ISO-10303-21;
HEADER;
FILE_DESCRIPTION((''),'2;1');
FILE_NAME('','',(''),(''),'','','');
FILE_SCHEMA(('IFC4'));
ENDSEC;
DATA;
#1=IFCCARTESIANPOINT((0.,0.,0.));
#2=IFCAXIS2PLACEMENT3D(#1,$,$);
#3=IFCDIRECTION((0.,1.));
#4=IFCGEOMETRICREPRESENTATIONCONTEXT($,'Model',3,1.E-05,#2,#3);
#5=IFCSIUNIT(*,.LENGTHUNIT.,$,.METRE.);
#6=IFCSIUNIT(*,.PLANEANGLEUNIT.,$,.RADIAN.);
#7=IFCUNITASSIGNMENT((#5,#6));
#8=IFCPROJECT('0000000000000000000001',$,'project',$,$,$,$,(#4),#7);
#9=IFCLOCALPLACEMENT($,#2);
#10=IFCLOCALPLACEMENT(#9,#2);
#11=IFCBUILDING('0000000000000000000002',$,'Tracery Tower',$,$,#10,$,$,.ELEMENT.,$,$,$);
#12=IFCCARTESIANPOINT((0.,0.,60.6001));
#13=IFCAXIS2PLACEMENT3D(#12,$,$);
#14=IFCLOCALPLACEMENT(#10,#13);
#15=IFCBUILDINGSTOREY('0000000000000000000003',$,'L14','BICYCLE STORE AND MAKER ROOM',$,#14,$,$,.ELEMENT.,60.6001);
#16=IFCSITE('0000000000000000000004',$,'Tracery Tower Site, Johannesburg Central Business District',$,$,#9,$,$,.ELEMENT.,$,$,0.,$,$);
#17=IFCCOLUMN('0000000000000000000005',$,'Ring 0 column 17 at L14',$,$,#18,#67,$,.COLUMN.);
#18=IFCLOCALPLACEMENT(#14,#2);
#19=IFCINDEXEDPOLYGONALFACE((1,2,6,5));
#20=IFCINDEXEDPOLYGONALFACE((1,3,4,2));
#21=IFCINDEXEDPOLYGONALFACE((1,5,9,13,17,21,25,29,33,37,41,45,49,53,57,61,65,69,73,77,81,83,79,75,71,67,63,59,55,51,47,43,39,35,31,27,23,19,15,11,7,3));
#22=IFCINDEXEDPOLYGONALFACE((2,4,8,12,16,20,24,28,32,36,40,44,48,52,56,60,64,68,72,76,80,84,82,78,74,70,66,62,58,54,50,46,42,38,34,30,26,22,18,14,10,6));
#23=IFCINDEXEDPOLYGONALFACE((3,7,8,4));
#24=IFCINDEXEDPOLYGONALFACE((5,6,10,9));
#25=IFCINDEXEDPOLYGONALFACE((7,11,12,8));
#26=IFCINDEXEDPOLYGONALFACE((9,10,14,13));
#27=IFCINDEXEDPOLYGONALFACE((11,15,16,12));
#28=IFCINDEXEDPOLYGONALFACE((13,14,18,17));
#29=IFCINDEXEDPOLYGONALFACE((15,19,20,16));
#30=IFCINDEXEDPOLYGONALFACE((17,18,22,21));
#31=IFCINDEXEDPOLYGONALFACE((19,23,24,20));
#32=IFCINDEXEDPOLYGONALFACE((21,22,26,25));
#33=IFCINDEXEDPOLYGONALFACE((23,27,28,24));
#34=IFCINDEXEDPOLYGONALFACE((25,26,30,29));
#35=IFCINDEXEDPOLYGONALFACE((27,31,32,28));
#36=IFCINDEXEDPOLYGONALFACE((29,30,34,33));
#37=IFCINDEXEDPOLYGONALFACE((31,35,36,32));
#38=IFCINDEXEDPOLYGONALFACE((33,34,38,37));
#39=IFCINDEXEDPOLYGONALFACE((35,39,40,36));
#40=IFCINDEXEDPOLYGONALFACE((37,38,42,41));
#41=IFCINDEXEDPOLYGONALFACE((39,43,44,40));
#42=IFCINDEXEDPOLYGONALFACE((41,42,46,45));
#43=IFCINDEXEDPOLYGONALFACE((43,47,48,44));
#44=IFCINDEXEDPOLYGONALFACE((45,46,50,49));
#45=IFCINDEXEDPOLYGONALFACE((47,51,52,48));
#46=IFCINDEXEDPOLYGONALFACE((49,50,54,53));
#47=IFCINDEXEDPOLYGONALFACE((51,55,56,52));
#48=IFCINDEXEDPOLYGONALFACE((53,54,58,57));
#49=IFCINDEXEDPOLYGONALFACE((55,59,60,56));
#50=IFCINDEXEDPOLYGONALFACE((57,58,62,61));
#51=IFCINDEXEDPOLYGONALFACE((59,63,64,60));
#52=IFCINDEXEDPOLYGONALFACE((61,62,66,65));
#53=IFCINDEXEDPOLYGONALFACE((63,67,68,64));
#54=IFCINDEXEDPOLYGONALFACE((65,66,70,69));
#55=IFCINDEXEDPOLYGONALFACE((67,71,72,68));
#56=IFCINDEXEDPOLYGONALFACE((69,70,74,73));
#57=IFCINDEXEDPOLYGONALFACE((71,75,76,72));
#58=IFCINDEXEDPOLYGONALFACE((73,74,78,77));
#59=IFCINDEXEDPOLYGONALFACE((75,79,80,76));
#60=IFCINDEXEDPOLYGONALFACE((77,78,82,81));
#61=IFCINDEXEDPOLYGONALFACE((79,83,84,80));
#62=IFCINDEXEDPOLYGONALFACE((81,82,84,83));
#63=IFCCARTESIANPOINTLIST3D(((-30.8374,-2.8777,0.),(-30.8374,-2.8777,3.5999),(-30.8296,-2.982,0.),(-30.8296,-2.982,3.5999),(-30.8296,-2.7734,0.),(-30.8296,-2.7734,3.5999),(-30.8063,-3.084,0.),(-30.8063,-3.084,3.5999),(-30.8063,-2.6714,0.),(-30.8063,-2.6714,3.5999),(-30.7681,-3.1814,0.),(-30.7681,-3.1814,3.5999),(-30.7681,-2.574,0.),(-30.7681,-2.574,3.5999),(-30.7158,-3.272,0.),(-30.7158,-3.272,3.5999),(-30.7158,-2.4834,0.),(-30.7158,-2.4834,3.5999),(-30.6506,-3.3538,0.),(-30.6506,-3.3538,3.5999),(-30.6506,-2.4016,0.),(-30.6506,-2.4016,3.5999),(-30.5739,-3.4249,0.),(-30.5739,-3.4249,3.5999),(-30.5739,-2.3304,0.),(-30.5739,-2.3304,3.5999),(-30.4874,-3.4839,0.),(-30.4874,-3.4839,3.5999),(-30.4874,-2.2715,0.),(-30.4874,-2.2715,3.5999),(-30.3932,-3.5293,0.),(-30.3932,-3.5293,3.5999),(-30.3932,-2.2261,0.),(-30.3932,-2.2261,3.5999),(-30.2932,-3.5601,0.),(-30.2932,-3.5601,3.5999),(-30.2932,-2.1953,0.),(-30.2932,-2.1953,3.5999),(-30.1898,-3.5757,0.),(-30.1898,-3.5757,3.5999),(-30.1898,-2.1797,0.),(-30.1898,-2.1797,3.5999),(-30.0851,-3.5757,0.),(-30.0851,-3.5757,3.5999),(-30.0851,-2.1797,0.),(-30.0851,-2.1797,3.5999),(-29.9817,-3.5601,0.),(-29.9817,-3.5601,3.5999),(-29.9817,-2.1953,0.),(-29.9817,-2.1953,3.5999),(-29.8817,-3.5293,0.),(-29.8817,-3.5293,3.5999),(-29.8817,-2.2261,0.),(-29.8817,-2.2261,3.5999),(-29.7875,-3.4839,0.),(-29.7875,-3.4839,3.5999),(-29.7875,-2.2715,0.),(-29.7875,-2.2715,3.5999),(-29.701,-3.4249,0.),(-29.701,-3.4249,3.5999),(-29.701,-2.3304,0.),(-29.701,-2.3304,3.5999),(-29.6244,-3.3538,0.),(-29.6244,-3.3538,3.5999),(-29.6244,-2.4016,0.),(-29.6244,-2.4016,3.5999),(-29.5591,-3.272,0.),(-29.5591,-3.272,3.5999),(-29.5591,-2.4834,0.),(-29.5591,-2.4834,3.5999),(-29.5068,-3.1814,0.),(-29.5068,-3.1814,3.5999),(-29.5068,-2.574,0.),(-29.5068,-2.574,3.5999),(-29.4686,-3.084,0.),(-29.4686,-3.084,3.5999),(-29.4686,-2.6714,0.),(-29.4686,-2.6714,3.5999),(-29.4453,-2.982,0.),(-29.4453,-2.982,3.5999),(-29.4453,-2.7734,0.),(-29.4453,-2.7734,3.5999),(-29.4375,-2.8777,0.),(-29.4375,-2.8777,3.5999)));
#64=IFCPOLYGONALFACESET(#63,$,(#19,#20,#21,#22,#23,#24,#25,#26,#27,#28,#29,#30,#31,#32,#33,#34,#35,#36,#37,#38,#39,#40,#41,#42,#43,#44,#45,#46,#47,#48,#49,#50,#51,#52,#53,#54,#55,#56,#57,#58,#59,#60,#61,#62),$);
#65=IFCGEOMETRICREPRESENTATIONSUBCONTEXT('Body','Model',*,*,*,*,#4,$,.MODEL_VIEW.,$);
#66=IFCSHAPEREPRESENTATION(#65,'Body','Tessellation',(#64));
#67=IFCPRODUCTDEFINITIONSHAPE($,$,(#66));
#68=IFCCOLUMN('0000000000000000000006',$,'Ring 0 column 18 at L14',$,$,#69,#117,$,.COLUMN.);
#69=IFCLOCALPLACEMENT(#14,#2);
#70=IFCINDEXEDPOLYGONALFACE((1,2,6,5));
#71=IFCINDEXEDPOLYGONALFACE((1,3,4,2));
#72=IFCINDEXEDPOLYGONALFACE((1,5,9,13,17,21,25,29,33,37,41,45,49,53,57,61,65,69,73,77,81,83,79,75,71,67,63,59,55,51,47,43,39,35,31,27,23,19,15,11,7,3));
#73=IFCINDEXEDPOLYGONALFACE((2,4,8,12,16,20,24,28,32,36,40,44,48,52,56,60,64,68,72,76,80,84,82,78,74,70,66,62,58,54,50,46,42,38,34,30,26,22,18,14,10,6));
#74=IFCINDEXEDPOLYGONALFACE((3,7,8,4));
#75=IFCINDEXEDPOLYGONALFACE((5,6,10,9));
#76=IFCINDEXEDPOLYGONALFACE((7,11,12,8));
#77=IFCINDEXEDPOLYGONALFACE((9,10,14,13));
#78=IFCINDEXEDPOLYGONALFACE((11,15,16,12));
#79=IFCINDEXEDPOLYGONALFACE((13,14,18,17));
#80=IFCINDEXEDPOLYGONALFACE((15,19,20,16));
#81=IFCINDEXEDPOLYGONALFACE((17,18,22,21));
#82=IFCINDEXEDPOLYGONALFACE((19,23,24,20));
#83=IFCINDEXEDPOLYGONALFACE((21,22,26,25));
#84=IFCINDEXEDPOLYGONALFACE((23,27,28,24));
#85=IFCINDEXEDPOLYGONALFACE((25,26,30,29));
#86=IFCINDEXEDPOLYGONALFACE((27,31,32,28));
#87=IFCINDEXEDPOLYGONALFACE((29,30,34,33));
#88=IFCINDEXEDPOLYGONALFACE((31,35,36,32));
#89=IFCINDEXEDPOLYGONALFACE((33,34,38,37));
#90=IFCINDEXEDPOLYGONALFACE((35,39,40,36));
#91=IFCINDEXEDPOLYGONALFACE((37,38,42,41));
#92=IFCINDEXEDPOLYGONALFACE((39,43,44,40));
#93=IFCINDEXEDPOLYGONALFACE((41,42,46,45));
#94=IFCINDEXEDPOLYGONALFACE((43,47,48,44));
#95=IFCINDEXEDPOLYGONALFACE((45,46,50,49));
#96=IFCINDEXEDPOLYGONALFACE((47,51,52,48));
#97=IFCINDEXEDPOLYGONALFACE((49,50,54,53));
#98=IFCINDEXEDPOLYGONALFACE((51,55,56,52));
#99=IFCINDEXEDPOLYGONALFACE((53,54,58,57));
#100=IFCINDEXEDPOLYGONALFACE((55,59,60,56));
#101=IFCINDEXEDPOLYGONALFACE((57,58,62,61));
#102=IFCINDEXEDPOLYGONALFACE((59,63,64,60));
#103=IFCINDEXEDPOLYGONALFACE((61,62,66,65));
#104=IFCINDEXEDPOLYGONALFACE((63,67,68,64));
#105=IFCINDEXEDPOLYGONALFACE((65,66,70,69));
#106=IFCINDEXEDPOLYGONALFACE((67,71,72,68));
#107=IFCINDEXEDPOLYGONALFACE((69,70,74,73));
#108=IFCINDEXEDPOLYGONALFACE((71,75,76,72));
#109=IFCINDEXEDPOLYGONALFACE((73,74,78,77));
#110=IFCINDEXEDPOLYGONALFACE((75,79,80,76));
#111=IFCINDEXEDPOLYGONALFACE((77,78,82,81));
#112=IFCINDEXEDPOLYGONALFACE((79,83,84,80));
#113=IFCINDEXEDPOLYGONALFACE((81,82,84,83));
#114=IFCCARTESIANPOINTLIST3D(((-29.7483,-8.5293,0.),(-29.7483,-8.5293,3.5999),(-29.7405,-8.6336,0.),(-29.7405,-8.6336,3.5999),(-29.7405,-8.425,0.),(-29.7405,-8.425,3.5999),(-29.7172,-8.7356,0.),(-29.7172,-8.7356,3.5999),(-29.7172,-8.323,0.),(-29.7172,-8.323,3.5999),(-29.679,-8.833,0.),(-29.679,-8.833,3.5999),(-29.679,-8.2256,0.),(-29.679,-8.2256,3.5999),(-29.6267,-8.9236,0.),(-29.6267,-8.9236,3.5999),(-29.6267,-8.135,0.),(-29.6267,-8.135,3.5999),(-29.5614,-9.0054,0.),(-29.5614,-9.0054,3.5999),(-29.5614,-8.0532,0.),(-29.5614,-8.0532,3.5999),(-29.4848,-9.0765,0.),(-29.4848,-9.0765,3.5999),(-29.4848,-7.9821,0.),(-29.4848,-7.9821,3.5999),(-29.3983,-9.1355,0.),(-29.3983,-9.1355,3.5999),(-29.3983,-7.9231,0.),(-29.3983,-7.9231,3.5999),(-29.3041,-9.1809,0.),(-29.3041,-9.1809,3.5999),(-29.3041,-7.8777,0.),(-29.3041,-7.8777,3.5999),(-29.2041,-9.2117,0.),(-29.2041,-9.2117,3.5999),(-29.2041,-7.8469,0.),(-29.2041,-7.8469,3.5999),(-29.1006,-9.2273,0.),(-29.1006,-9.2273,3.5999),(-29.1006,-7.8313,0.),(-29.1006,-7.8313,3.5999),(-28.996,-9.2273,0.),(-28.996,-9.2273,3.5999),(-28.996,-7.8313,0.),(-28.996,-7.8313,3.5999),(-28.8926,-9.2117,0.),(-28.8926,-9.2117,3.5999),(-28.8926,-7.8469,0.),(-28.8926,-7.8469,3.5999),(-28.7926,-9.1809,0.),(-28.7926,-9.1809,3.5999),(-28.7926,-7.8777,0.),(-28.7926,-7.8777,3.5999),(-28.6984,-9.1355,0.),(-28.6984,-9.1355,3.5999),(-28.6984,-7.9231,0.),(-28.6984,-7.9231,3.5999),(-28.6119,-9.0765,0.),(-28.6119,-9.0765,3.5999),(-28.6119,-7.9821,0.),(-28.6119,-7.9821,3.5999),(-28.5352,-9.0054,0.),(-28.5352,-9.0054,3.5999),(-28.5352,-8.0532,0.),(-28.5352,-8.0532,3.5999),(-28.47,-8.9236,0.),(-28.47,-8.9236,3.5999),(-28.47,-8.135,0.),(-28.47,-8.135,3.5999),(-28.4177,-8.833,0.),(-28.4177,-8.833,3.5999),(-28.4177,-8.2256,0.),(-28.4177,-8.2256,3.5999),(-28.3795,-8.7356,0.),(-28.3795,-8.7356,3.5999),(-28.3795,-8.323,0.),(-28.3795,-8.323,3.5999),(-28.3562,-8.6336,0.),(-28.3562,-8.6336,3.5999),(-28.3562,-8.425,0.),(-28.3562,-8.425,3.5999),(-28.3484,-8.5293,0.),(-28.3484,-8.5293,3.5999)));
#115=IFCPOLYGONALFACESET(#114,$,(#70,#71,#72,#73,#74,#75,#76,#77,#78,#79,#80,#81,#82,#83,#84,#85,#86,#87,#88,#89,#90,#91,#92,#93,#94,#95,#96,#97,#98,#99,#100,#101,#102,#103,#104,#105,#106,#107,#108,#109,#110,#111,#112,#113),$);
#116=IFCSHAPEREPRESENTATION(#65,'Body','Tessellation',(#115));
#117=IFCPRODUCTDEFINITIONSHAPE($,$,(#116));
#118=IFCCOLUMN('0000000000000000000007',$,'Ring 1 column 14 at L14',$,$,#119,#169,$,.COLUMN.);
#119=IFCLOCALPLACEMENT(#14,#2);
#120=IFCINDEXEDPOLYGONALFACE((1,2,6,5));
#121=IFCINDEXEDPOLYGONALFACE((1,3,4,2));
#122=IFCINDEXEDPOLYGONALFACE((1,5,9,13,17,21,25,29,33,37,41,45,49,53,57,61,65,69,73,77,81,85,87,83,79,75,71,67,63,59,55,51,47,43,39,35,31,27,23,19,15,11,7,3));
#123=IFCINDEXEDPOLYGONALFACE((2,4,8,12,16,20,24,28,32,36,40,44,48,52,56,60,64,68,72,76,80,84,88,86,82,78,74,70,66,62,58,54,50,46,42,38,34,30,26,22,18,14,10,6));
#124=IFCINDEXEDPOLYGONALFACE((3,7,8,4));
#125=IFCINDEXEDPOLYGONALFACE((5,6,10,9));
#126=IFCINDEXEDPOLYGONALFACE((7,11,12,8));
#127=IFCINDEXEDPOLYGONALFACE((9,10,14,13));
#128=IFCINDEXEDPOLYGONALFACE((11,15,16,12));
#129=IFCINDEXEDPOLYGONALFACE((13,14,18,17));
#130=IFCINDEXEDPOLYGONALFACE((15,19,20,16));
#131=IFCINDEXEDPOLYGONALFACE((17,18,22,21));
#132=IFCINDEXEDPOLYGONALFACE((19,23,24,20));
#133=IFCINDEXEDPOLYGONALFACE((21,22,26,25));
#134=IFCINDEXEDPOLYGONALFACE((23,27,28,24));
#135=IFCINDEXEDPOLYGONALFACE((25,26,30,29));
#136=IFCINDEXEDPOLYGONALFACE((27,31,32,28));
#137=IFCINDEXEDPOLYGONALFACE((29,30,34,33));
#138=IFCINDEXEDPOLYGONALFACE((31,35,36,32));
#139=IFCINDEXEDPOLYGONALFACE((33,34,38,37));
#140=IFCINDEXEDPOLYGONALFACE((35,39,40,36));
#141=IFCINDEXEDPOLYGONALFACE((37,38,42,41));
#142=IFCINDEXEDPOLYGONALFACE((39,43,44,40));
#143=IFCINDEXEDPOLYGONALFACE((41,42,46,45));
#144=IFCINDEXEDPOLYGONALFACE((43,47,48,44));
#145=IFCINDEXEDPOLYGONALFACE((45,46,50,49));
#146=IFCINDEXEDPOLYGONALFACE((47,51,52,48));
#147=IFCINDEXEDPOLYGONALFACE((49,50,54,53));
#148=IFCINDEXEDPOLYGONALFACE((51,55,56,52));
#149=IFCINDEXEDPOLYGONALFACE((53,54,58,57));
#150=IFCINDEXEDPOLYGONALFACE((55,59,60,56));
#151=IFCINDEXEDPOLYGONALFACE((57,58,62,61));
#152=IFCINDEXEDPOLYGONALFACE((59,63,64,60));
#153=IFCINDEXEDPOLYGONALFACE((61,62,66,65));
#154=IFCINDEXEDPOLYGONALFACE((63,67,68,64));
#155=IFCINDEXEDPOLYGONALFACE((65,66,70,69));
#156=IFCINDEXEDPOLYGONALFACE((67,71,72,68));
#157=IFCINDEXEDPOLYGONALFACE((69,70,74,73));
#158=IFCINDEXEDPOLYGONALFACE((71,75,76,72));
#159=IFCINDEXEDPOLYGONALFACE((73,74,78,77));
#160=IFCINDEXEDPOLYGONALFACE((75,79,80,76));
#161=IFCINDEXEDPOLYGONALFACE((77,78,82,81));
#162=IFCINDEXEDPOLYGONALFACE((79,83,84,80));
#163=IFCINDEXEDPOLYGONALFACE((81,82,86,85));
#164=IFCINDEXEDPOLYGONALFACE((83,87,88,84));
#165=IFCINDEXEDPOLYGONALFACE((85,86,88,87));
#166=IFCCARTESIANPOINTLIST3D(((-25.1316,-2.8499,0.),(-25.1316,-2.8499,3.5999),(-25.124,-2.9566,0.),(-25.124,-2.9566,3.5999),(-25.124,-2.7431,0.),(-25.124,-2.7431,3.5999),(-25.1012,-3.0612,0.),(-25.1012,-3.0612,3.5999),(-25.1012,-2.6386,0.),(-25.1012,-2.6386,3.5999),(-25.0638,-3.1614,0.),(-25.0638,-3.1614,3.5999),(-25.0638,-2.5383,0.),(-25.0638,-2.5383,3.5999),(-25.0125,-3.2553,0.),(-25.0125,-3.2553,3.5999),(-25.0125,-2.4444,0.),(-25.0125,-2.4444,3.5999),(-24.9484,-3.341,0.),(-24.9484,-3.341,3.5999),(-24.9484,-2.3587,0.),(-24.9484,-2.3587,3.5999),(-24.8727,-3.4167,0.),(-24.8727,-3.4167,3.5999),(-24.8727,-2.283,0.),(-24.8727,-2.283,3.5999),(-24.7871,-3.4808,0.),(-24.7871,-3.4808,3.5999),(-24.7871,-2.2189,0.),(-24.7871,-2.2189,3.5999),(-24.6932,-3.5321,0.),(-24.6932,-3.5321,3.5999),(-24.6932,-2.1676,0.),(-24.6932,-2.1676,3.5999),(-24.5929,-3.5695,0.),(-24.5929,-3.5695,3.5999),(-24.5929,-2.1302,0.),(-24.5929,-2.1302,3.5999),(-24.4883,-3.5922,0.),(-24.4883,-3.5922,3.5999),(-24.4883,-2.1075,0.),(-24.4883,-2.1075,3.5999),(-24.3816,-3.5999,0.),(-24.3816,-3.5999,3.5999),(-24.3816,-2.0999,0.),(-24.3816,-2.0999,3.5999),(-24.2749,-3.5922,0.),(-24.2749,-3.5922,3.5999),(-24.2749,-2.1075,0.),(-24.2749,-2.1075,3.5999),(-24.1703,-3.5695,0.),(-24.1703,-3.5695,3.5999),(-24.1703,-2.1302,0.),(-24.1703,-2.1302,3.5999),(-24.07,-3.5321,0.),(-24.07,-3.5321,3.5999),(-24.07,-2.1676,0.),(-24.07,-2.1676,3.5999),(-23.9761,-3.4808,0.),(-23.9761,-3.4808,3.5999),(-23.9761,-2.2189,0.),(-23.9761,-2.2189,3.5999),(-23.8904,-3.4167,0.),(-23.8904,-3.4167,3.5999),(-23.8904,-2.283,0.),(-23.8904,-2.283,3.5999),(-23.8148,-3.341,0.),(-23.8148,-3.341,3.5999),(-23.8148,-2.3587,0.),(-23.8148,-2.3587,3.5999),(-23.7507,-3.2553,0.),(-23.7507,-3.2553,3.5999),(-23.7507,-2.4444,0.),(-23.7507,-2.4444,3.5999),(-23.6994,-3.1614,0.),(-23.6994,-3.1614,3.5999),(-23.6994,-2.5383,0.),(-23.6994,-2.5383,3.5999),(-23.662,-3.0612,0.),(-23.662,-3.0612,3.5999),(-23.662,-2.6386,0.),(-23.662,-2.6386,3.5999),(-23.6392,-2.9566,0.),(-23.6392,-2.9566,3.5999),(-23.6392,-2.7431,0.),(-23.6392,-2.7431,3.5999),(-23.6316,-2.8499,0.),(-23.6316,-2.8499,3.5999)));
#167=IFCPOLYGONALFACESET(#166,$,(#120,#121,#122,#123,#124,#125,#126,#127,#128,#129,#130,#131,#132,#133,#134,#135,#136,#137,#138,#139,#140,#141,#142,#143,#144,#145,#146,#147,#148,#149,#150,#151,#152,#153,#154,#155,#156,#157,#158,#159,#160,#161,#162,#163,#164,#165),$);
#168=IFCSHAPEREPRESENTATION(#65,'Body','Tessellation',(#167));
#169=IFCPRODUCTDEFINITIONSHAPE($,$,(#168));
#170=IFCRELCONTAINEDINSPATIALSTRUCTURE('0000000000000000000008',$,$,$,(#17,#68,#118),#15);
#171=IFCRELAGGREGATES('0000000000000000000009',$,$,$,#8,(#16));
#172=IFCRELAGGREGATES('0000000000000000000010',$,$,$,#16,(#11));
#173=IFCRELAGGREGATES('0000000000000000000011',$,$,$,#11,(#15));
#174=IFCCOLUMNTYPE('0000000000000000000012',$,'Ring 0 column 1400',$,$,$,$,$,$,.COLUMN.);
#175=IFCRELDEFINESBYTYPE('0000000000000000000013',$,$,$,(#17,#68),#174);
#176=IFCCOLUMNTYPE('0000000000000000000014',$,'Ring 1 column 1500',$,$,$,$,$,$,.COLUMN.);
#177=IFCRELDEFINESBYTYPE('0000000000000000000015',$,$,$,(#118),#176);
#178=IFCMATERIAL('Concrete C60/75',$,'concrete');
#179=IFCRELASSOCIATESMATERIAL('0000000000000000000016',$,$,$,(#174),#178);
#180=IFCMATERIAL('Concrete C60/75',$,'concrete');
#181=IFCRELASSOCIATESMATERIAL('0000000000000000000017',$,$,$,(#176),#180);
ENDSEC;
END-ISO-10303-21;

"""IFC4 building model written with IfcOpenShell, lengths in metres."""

from ifc_helpers import new_model, si_unit, direction, frame, origin, origin_2d, place, context, subcontext, project, spatial, circle, extrude, material, material_profile, profile_set, type_object, element, save


model = new_model("IFC4")

# Units and contexts
model_context = context("Model", 3, precision=1e-05, world=origin(), true_north=direction((0.0, 1.0)))
body_context = subcontext(model_context, "Body", "Model", "MODEL_VIEW")
ifc_project = project(units=[si_unit("LENGTHUNIT", "METRE"), si_unit("PLANEANGLEUNIT", "RADIAN")], contexts=[model_context])

# Site, building, storey
site_placement = place(None, origin())
site = spatial("IfcSite", under=ifc_project, at=site_placement, Name="Tracery Tower Site, Johannesburg Central Business District", CompositionType="ELEMENT", RefElevation=0.0)
building_placement = place(site_placement, origin())
building = spatial("IfcBuilding", under=site, at=building_placement, Name="Tracery Tower", CompositionType="ELEMENT")
storey_placement = place(building_placement, frame((0.0, 0.0, 60.6001)))
storey = spatial("IfcBuildingStorey", under=building, at=storey_placement, Name="L14", Description="BICYCLE STORE AND MAKER ROOM", CompositionType="ELEMENT", Elevation=60.6001)

# Columns
ifc_material_1 = material(Name="Concrete C60/75", Category="concrete")
ifc_material_profile_1 = material_profile(ifc_material_1, circle(Radius=0.7, at=origin_2d()), Name="RC D1400")
ifc_profile_set_1 = profile_set([ifc_material_profile_1], Name="Concrete C60/75")
column_type_1 = type_object("IfcColumnType", Name="Ring 0 column 1400", PredefinedType="COLUMN", material=ifc_profile_set_1)
for number, where, z_axis, x_axis, name in (
    (1, (-30.1375, -2.8777, 0.0), (0.0, 0.0, 1.0), (1.0, 0.0, 0.0), "Ring 0 column 17 at L14"),
    (2, (-29.0483, -8.5293, 0.0), (0.0, 0.0, 1.0), (1.0, 0.0, 0.0), "Ring 0 column 18 at L14"),
):
    element("IfcColumn", number, at=place(storey_placement, frame(where, z_axis=z_axis, x_axis=x_axis)), inside=storey, type_object=column_type_1, Name=name, PredefinedType="COLUMN", context=body_context, shape_type="SweptSolid", body=[
        extrude(circle(Radius=0.7, at=origin_2d()), origin(), (0.0, 0.0, 1.0), 3.5999),
    ])
ifc_material_2 = material(Name="Concrete C60/75", Category="concrete")
ifc_material_profile_2 = material_profile(ifc_material_2, circle(Radius=0.75, at=origin_2d()), Name="RC D1500")
ifc_profile_set_2 = profile_set([ifc_material_profile_2], Name="Concrete C60/75")
column_type_2 = type_object("IfcColumnType", Name="Ring 1 column 1500", PredefinedType="COLUMN", material=ifc_profile_set_2)
for number, where, z_axis, x_axis, name in (
    (3, (-24.3816, -2.8499, 0.0), (0.0, 0.0, 1.0), (1.0, 0.0, 0.0), "Ring 1 column 14 at L14"),
):
    element("IfcColumn", number, at=place(storey_placement, frame(where, z_axis=z_axis, x_axis=x_axis)), inside=storey, type_object=column_type_2, Name=name, PredefinedType="COLUMN", context=body_context, shape_type="SweptSolid", body=[
        extrude(circle(Radius=0.75, at=origin_2d()), origin(), (0.0, 0.0, 1.0), 3.5999),
    ])

save(model, "model.ifc")
